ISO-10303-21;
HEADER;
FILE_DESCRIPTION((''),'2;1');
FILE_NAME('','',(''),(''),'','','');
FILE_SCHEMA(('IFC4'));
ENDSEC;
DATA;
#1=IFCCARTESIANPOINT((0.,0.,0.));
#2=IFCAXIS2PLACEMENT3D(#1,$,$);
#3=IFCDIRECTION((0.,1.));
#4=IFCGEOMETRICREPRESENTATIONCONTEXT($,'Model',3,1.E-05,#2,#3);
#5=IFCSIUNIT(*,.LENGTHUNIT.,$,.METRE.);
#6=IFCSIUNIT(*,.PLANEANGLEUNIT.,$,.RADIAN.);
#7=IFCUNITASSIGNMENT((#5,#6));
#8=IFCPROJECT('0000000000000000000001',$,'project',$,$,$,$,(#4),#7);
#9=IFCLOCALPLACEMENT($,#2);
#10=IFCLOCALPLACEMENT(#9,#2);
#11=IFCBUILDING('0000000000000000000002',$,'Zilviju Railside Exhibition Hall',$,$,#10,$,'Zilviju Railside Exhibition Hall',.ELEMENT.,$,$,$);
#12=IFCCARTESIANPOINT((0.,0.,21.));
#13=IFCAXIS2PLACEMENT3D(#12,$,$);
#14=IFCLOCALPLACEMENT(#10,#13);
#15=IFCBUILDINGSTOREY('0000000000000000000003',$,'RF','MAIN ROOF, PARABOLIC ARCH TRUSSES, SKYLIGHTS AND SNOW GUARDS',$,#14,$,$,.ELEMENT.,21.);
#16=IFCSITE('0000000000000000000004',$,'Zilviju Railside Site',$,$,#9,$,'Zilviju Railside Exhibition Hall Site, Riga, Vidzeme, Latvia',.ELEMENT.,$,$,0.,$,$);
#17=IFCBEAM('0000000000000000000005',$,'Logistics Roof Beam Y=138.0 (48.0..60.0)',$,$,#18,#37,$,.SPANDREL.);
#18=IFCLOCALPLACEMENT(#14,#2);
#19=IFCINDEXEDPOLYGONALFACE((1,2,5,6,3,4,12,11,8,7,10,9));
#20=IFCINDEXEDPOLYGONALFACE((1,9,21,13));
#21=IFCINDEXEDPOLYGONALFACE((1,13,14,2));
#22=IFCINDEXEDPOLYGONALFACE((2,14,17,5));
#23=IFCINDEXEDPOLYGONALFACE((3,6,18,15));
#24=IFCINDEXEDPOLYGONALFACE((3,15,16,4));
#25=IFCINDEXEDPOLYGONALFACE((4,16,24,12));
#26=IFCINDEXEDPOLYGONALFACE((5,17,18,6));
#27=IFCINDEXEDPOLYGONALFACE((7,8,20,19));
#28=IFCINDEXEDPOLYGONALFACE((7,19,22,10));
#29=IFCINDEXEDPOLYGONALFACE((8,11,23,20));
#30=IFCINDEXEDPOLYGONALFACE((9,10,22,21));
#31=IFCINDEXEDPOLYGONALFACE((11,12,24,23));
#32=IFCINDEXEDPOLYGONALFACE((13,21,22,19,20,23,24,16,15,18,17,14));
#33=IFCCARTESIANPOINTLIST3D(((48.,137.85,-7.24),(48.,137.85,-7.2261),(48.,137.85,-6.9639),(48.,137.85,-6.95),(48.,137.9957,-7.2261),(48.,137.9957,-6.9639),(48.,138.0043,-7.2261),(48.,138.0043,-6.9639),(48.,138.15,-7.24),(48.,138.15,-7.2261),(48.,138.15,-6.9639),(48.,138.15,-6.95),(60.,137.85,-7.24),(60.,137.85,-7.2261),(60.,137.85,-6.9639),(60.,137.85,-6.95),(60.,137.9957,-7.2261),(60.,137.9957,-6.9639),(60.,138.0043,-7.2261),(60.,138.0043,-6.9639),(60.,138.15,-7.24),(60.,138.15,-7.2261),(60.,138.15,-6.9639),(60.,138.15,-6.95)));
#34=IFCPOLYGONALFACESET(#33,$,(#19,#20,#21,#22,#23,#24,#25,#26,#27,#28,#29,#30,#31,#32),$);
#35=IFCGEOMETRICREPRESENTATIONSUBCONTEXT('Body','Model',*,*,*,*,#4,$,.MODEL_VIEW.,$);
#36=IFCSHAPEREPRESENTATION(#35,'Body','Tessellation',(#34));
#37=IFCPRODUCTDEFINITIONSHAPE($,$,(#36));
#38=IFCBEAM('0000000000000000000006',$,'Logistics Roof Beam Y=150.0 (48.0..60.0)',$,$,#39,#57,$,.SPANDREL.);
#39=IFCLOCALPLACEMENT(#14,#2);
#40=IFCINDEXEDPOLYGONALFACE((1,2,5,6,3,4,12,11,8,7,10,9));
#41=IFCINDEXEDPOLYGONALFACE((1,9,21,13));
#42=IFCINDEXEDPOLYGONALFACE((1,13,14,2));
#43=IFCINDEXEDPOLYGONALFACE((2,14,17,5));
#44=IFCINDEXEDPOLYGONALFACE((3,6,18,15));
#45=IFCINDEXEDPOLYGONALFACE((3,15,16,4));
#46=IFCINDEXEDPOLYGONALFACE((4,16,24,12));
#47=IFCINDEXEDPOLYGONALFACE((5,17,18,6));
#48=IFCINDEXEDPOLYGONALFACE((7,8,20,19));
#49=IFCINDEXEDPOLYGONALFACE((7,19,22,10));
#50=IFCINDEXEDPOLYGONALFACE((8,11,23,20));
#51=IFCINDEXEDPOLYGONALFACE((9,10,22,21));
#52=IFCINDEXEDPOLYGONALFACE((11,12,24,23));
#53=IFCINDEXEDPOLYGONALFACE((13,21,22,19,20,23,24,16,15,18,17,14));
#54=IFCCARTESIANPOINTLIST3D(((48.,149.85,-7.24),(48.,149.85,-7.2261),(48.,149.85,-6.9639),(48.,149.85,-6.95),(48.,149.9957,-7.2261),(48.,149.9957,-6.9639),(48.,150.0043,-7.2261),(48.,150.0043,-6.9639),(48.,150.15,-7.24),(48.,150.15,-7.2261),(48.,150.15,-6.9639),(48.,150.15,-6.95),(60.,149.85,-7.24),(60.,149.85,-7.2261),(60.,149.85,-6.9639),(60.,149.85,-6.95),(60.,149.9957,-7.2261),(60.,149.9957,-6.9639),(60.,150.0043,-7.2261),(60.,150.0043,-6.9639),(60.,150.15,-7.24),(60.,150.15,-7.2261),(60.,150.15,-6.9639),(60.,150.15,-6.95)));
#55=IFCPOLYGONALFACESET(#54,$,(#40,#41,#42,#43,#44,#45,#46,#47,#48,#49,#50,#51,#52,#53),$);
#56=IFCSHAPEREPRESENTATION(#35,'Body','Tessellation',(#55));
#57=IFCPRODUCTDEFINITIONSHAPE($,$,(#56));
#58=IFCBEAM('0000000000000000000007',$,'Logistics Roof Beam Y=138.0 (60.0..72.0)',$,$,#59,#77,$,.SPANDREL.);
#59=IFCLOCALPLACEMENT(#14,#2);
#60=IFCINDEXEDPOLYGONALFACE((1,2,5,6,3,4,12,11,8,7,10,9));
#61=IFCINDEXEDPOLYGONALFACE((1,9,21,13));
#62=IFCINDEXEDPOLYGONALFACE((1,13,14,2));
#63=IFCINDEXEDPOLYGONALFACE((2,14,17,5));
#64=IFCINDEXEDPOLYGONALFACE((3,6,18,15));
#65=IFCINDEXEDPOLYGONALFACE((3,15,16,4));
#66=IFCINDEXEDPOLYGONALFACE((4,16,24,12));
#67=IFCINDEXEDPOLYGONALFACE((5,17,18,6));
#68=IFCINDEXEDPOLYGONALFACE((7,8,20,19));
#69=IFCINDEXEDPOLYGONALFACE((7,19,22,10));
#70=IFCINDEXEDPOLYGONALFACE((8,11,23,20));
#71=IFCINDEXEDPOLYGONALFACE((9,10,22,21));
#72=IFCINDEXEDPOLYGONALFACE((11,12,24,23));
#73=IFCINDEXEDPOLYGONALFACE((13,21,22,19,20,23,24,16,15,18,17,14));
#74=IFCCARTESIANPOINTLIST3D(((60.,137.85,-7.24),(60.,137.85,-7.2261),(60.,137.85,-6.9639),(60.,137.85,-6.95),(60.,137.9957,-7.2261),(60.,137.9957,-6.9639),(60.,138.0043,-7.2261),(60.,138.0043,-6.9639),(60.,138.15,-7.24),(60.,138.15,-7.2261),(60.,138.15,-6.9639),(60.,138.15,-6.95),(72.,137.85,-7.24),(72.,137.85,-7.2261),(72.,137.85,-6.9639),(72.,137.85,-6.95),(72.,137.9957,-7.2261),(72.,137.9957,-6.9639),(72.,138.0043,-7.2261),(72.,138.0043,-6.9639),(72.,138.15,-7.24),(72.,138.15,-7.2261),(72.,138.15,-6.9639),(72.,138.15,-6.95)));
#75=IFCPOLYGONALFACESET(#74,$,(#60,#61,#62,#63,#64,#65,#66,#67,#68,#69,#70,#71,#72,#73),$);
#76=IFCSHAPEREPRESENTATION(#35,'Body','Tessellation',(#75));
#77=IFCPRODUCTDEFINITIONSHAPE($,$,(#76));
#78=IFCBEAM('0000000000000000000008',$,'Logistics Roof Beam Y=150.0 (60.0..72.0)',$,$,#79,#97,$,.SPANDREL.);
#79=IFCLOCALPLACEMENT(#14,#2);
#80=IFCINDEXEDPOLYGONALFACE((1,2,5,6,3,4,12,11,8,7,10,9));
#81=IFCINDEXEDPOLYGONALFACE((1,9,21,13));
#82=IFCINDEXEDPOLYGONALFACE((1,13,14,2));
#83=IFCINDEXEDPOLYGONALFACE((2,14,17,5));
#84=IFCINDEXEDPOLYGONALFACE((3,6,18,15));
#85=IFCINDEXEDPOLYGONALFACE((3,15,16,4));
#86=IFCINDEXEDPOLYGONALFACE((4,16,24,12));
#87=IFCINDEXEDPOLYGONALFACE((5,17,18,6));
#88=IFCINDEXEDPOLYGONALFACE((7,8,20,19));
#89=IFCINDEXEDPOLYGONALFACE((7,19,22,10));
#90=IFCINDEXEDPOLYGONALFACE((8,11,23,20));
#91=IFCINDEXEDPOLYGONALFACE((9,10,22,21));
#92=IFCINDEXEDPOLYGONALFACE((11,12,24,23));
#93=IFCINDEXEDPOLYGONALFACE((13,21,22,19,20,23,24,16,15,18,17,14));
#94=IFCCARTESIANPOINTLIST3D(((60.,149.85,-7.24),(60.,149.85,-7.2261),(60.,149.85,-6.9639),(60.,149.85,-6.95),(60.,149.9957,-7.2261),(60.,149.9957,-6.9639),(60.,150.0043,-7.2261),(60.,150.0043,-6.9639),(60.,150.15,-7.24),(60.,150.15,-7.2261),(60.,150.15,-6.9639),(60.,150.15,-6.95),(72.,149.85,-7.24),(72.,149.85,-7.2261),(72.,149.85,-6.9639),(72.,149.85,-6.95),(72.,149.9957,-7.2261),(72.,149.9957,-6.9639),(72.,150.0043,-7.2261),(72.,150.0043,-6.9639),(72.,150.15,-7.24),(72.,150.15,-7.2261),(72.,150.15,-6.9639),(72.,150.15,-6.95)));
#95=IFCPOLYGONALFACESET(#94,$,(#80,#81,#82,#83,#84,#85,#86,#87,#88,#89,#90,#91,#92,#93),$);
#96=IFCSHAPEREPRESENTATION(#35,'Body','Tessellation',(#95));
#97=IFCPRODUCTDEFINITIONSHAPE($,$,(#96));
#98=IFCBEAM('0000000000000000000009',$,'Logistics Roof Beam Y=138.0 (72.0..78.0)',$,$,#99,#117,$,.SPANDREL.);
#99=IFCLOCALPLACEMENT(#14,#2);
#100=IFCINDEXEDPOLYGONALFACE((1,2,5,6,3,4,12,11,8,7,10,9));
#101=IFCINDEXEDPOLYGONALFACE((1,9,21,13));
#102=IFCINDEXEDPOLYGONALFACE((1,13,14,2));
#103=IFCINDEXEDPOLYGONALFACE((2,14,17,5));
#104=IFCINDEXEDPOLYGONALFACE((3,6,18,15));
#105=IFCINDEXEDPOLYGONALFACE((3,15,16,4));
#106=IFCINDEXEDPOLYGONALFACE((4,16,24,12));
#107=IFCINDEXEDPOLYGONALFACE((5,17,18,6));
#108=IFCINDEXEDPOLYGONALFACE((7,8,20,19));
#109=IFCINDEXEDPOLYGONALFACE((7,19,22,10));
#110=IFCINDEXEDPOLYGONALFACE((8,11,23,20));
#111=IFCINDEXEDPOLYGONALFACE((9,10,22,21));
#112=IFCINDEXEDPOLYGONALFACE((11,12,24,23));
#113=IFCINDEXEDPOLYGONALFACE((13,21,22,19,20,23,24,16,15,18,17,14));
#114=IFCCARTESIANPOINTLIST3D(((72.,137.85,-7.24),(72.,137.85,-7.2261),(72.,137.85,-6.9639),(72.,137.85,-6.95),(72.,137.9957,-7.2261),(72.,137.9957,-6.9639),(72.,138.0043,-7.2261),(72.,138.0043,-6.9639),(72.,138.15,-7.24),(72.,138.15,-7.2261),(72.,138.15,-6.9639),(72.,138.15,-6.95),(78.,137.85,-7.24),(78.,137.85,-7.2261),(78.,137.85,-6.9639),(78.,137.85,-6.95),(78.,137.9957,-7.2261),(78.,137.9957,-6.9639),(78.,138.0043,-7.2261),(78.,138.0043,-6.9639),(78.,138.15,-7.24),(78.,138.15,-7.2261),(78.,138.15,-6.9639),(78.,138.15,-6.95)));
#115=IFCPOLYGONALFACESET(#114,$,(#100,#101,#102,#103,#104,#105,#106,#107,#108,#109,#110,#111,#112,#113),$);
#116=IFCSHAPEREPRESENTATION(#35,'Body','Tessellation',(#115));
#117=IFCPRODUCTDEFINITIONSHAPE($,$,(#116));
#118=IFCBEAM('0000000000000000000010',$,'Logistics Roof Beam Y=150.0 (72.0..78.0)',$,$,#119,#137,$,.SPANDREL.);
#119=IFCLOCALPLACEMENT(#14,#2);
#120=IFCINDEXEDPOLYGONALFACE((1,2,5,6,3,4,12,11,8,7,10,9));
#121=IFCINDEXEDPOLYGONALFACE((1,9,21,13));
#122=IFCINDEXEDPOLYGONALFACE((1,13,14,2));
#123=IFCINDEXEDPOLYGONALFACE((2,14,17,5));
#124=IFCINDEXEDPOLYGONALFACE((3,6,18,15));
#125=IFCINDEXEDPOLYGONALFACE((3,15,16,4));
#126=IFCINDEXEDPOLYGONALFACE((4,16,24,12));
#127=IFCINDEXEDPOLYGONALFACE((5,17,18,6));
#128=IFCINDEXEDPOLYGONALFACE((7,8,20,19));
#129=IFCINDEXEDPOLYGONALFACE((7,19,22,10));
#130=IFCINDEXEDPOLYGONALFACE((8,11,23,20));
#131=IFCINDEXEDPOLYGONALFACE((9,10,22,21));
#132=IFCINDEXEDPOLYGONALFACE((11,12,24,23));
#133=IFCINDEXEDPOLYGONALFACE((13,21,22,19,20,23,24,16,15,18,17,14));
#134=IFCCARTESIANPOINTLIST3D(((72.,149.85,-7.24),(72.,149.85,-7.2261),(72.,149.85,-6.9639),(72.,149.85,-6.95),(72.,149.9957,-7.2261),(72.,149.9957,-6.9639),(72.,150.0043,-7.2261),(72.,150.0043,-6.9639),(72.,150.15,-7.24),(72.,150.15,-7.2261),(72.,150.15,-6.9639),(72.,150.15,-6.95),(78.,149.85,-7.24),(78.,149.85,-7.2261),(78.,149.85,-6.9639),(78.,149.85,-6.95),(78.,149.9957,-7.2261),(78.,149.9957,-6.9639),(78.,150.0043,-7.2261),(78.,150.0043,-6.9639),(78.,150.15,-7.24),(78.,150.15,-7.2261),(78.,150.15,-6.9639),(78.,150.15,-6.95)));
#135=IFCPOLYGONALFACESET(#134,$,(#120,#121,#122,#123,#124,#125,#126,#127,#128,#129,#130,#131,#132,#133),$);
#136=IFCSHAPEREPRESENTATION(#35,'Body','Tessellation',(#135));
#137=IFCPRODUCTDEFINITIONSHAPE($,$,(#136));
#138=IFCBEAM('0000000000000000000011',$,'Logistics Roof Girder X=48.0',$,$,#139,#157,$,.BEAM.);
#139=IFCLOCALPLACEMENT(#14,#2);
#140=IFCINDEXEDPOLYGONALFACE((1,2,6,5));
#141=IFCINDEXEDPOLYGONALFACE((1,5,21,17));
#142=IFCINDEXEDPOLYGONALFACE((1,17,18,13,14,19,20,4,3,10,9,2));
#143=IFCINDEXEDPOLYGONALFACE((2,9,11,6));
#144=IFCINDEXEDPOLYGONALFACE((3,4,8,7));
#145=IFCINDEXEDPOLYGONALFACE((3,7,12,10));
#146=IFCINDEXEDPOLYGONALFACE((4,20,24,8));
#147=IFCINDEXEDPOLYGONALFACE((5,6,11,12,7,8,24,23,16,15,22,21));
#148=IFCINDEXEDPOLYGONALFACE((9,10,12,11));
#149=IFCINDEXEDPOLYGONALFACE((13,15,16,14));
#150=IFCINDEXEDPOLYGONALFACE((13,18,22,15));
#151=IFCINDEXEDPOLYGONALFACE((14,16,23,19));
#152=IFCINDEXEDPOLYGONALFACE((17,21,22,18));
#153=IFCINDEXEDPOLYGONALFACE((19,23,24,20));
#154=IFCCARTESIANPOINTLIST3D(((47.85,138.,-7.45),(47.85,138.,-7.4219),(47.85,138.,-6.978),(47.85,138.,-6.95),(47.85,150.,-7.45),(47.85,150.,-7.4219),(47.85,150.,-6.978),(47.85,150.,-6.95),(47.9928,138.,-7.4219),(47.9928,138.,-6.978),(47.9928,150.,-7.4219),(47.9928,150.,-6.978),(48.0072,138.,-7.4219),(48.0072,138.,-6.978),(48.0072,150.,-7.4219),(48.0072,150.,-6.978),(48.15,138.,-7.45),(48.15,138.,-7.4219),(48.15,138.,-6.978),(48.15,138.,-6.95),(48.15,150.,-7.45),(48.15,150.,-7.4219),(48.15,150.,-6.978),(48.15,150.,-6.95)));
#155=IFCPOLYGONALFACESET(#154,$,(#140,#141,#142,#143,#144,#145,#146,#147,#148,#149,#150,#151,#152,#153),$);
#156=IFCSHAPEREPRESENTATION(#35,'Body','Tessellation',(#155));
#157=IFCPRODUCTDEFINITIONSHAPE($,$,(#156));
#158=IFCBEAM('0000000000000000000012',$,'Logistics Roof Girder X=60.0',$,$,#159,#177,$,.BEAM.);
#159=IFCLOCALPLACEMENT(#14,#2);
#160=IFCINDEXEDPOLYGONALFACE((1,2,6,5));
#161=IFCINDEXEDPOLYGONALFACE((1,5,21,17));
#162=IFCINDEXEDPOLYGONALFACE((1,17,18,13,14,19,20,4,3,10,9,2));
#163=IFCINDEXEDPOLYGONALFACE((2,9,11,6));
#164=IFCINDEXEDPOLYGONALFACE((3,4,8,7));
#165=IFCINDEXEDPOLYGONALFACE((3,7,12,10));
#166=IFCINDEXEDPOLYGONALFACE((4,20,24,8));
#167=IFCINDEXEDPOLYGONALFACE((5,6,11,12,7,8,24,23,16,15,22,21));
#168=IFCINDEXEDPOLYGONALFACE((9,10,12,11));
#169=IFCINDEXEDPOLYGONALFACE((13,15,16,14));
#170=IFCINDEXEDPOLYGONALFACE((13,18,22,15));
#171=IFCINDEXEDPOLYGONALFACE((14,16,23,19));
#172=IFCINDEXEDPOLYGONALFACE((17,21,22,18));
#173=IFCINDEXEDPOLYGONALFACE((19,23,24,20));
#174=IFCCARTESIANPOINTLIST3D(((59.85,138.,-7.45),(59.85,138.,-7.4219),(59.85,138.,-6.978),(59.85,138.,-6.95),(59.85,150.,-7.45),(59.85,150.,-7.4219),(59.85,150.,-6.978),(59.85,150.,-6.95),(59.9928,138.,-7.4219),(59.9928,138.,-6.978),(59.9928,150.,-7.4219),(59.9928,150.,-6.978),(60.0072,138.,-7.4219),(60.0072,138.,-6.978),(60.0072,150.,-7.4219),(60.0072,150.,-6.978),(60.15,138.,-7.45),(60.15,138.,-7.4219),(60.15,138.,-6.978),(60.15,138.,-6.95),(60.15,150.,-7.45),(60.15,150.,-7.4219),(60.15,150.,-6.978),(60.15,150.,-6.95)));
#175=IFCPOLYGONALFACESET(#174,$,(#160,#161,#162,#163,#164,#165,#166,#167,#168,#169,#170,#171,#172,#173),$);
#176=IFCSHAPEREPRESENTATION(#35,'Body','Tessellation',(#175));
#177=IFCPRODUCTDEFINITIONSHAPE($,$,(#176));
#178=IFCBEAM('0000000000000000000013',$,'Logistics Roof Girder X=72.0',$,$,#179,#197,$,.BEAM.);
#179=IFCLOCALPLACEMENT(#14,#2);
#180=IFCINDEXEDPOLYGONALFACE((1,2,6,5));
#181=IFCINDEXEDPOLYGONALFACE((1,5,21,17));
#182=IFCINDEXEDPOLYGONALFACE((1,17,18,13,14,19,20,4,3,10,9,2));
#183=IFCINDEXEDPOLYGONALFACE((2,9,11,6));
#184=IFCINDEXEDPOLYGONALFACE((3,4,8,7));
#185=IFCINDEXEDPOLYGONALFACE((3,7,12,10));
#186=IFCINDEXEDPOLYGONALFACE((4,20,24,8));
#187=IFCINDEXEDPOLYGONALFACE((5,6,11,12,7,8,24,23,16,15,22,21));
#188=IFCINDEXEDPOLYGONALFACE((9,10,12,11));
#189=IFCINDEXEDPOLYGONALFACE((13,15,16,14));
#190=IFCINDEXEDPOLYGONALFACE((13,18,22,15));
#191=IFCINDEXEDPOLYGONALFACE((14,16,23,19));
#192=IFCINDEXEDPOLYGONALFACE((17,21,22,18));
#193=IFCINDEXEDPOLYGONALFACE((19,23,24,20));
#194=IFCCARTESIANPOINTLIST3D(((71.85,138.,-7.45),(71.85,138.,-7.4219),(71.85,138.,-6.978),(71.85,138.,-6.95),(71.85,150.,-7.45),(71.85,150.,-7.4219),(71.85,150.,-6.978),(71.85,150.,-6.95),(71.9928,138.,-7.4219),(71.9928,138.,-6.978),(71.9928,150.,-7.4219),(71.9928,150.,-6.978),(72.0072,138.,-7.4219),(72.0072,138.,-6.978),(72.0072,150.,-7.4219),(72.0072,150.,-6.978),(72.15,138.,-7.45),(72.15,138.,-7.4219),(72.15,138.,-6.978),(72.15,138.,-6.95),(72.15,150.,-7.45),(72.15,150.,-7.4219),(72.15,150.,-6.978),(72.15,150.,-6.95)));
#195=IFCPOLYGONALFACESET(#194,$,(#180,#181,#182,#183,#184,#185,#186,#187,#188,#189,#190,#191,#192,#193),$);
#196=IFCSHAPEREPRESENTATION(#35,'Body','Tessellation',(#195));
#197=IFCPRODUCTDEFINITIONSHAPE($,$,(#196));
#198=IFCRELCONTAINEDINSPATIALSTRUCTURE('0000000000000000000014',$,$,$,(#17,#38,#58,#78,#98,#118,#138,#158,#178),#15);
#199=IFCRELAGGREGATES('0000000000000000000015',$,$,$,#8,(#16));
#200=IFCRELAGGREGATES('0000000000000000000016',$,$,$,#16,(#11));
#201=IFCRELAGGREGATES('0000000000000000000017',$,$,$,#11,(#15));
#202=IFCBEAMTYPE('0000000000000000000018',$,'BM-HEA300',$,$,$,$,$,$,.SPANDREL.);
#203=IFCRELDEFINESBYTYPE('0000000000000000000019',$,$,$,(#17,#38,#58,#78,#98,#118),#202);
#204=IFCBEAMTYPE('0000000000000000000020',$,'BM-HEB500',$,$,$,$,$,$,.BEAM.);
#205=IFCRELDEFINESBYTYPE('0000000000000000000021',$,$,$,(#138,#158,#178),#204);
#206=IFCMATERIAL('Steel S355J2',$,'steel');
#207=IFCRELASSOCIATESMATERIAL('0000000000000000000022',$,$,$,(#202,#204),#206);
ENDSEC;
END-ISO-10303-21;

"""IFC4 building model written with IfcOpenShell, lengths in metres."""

from ifc_helpers import new_model, si_unit, direction, frame, origin, origin_2d, place, context, subcontext, project, spatial, i_section, extrude, material, material_profile, profile_set, type_object, element, save


model = new_model("IFC4")

# Units and contexts
model_context = context("Model", 3, precision=1e-05, world=origin(), true_north=direction((0.0, 1.0)))
body_context = subcontext(model_context, "Body", "Model", "MODEL_VIEW")
ifc_project = project(units=[si_unit("LENGTHUNIT", "METRE"), si_unit("PLANEANGLEUNIT", "RADIAN")], contexts=[model_context])

# Site, building, storey
site_placement = place(None, origin())
site = spatial("IfcSite", under=ifc_project, at=site_placement, Name="Zilviju Railside Site", LongName="Zilviju Railside Exhibition Hall Site, Riga, Vidzeme, Latvia", CompositionType="ELEMENT", RefElevation=0.0)
building_placement = place(site_placement, origin())
building = spatial("IfcBuilding", under=site, at=building_placement, Name="Zilviju Railside Exhibition Hall", LongName="Zilviju Railside Exhibition Hall", CompositionType="ELEMENT")
storey_placement = place(building_placement, frame((0.0, 0.0, 21.0)))
storey = spatial("IfcBuildingStorey", under=building, at=storey_placement, Name="RF", Description="MAIN ROOF, PARABOLIC ARCH TRUSSES, SKYLIGHTS AND SNOW GUARDS", CompositionType="ELEMENT", Elevation=21.0)

# Beams
ifc_material_1 = material(Name="Steel S355J2", Category="steel")
ifc_material_profile_1 = material_profile(ifc_material_1, i_section(OverallWidth=0.3, OverallDepth=0.29, WebThickness=0.0085, FlangeThickness=0.0139, at=origin_2d()), Name="HEA 300")
ifc_profile_set_1 = profile_set([ifc_material_profile_1], Name="Steel S355J2")
beam_type_1 = type_object("IfcBeamType", Name="BM-HEA300", PredefinedType="SPANDREL", material=ifc_profile_set_1)
for number, where, z_axis, x_axis, name in (
    (1, (48.0, 138.0, -7.095), (1.0, 0.0, 0.0), (0.0, 1.0, 0.0), "Logistics Roof Beam Y=138.0 (48.0..60.0)"),
    (2, (48.0, 150.0, -7.095), (1.0, 0.0, 0.0), (0.0, 1.0, 0.0), "Logistics Roof Beam Y=150.0 (48.0..60.0)"),
    (3, (60.0, 138.0, -7.095), (1.0, 0.0, 0.0), (0.0, 1.0, 0.0), "Logistics Roof Beam Y=138.0 (60.0..72.0)"),
    (4, (60.0, 150.0, -7.095), (1.0, 0.0, 0.0), (0.0, 1.0, 0.0), "Logistics Roof Beam Y=150.0 (60.0..72.0)"),
):
    element("IfcBeam", number, at=place(storey_placement, frame(where, z_axis=z_axis, x_axis=x_axis)), inside=storey, type_object=beam_type_1, Name=name, PredefinedType="SPANDREL", context=body_context, shape_type="SweptSolid", body=[
        extrude(i_section(OverallWidth=0.3, OverallDepth=0.29, WebThickness=0.0085, FlangeThickness=0.0139, at=origin_2d()), origin(), (0.0, 0.0, 1.0), 12.0),
    ])
for number, where, z_axis, x_axis, name in (
    (5, (72.0, 138.0, -7.095), (1.0, 0.0, 0.0), (0.0, 1.0, 0.0), "Logistics Roof Beam Y=138.0 (72.0..78.0)"),
    (6, (72.0, 150.0, -7.095), (1.0, 0.0, 0.0), (0.0, 1.0, 0.0), "Logistics Roof Beam Y=150.0 (72.0..78.0)"),
):
    element("IfcBeam", number, at=place(storey_placement, frame(where, z_axis=z_axis, x_axis=x_axis)), inside=storey, type_object=beam_type_1, Name=name, PredefinedType="SPANDREL", context=body_context, shape_type="SweptSolid", body=[
        extrude(i_section(OverallWidth=0.3, OverallDepth=0.29, WebThickness=0.0085, FlangeThickness=0.0139, at=origin_2d()), origin(), (0.0, 0.0, 1.0), 6.0),
    ])
ifc_material_profile_2 = material_profile(ifc_material_1, i_section(OverallWidth=0.3, OverallDepth=0.5, WebThickness=0.0144, FlangeThickness=0.0281, at=origin_2d()), Name="HEB 500")
ifc_profile_set_2 = profile_set([ifc_material_profile_2], Name="Steel S355J2")
beam_type_2 = type_object("IfcBeamType", Name="BM-HEB500", PredefinedType="BEAM", material=ifc_profile_set_2)
for number, where, z_axis, x_axis, name in (
    (7, (48.0, 138.0, -7.2), (0.0, 1.0, 0.0), (-1.0, 0.0, 0.0), "Logistics Roof Girder X=48.0"),
    (8, (60.0, 138.0, -7.2), (0.0, 1.0, 0.0), (-1.0, 0.0, 0.0), "Logistics Roof Girder X=60.0"),
    (9, (72.0, 138.0, -7.2), (0.0, 1.0, 0.0), (-1.0, 0.0, 0.0), "Logistics Roof Girder X=72.0"),
):
    element("IfcBeam", number, at=place(storey_placement, frame(where, z_axis=z_axis, x_axis=x_axis)), inside=storey, type_object=beam_type_2, Name=name, PredefinedType="BEAM", context=body_context, shape_type="SweptSolid", body=[
        extrude(i_section(OverallWidth=0.3, OverallDepth=0.5, WebThickness=0.0144, FlangeThickness=0.0281, at=origin_2d()), origin(), (0.0, 0.0, 1.0), 12.0),
    ])

save(model, "model.ifc")
